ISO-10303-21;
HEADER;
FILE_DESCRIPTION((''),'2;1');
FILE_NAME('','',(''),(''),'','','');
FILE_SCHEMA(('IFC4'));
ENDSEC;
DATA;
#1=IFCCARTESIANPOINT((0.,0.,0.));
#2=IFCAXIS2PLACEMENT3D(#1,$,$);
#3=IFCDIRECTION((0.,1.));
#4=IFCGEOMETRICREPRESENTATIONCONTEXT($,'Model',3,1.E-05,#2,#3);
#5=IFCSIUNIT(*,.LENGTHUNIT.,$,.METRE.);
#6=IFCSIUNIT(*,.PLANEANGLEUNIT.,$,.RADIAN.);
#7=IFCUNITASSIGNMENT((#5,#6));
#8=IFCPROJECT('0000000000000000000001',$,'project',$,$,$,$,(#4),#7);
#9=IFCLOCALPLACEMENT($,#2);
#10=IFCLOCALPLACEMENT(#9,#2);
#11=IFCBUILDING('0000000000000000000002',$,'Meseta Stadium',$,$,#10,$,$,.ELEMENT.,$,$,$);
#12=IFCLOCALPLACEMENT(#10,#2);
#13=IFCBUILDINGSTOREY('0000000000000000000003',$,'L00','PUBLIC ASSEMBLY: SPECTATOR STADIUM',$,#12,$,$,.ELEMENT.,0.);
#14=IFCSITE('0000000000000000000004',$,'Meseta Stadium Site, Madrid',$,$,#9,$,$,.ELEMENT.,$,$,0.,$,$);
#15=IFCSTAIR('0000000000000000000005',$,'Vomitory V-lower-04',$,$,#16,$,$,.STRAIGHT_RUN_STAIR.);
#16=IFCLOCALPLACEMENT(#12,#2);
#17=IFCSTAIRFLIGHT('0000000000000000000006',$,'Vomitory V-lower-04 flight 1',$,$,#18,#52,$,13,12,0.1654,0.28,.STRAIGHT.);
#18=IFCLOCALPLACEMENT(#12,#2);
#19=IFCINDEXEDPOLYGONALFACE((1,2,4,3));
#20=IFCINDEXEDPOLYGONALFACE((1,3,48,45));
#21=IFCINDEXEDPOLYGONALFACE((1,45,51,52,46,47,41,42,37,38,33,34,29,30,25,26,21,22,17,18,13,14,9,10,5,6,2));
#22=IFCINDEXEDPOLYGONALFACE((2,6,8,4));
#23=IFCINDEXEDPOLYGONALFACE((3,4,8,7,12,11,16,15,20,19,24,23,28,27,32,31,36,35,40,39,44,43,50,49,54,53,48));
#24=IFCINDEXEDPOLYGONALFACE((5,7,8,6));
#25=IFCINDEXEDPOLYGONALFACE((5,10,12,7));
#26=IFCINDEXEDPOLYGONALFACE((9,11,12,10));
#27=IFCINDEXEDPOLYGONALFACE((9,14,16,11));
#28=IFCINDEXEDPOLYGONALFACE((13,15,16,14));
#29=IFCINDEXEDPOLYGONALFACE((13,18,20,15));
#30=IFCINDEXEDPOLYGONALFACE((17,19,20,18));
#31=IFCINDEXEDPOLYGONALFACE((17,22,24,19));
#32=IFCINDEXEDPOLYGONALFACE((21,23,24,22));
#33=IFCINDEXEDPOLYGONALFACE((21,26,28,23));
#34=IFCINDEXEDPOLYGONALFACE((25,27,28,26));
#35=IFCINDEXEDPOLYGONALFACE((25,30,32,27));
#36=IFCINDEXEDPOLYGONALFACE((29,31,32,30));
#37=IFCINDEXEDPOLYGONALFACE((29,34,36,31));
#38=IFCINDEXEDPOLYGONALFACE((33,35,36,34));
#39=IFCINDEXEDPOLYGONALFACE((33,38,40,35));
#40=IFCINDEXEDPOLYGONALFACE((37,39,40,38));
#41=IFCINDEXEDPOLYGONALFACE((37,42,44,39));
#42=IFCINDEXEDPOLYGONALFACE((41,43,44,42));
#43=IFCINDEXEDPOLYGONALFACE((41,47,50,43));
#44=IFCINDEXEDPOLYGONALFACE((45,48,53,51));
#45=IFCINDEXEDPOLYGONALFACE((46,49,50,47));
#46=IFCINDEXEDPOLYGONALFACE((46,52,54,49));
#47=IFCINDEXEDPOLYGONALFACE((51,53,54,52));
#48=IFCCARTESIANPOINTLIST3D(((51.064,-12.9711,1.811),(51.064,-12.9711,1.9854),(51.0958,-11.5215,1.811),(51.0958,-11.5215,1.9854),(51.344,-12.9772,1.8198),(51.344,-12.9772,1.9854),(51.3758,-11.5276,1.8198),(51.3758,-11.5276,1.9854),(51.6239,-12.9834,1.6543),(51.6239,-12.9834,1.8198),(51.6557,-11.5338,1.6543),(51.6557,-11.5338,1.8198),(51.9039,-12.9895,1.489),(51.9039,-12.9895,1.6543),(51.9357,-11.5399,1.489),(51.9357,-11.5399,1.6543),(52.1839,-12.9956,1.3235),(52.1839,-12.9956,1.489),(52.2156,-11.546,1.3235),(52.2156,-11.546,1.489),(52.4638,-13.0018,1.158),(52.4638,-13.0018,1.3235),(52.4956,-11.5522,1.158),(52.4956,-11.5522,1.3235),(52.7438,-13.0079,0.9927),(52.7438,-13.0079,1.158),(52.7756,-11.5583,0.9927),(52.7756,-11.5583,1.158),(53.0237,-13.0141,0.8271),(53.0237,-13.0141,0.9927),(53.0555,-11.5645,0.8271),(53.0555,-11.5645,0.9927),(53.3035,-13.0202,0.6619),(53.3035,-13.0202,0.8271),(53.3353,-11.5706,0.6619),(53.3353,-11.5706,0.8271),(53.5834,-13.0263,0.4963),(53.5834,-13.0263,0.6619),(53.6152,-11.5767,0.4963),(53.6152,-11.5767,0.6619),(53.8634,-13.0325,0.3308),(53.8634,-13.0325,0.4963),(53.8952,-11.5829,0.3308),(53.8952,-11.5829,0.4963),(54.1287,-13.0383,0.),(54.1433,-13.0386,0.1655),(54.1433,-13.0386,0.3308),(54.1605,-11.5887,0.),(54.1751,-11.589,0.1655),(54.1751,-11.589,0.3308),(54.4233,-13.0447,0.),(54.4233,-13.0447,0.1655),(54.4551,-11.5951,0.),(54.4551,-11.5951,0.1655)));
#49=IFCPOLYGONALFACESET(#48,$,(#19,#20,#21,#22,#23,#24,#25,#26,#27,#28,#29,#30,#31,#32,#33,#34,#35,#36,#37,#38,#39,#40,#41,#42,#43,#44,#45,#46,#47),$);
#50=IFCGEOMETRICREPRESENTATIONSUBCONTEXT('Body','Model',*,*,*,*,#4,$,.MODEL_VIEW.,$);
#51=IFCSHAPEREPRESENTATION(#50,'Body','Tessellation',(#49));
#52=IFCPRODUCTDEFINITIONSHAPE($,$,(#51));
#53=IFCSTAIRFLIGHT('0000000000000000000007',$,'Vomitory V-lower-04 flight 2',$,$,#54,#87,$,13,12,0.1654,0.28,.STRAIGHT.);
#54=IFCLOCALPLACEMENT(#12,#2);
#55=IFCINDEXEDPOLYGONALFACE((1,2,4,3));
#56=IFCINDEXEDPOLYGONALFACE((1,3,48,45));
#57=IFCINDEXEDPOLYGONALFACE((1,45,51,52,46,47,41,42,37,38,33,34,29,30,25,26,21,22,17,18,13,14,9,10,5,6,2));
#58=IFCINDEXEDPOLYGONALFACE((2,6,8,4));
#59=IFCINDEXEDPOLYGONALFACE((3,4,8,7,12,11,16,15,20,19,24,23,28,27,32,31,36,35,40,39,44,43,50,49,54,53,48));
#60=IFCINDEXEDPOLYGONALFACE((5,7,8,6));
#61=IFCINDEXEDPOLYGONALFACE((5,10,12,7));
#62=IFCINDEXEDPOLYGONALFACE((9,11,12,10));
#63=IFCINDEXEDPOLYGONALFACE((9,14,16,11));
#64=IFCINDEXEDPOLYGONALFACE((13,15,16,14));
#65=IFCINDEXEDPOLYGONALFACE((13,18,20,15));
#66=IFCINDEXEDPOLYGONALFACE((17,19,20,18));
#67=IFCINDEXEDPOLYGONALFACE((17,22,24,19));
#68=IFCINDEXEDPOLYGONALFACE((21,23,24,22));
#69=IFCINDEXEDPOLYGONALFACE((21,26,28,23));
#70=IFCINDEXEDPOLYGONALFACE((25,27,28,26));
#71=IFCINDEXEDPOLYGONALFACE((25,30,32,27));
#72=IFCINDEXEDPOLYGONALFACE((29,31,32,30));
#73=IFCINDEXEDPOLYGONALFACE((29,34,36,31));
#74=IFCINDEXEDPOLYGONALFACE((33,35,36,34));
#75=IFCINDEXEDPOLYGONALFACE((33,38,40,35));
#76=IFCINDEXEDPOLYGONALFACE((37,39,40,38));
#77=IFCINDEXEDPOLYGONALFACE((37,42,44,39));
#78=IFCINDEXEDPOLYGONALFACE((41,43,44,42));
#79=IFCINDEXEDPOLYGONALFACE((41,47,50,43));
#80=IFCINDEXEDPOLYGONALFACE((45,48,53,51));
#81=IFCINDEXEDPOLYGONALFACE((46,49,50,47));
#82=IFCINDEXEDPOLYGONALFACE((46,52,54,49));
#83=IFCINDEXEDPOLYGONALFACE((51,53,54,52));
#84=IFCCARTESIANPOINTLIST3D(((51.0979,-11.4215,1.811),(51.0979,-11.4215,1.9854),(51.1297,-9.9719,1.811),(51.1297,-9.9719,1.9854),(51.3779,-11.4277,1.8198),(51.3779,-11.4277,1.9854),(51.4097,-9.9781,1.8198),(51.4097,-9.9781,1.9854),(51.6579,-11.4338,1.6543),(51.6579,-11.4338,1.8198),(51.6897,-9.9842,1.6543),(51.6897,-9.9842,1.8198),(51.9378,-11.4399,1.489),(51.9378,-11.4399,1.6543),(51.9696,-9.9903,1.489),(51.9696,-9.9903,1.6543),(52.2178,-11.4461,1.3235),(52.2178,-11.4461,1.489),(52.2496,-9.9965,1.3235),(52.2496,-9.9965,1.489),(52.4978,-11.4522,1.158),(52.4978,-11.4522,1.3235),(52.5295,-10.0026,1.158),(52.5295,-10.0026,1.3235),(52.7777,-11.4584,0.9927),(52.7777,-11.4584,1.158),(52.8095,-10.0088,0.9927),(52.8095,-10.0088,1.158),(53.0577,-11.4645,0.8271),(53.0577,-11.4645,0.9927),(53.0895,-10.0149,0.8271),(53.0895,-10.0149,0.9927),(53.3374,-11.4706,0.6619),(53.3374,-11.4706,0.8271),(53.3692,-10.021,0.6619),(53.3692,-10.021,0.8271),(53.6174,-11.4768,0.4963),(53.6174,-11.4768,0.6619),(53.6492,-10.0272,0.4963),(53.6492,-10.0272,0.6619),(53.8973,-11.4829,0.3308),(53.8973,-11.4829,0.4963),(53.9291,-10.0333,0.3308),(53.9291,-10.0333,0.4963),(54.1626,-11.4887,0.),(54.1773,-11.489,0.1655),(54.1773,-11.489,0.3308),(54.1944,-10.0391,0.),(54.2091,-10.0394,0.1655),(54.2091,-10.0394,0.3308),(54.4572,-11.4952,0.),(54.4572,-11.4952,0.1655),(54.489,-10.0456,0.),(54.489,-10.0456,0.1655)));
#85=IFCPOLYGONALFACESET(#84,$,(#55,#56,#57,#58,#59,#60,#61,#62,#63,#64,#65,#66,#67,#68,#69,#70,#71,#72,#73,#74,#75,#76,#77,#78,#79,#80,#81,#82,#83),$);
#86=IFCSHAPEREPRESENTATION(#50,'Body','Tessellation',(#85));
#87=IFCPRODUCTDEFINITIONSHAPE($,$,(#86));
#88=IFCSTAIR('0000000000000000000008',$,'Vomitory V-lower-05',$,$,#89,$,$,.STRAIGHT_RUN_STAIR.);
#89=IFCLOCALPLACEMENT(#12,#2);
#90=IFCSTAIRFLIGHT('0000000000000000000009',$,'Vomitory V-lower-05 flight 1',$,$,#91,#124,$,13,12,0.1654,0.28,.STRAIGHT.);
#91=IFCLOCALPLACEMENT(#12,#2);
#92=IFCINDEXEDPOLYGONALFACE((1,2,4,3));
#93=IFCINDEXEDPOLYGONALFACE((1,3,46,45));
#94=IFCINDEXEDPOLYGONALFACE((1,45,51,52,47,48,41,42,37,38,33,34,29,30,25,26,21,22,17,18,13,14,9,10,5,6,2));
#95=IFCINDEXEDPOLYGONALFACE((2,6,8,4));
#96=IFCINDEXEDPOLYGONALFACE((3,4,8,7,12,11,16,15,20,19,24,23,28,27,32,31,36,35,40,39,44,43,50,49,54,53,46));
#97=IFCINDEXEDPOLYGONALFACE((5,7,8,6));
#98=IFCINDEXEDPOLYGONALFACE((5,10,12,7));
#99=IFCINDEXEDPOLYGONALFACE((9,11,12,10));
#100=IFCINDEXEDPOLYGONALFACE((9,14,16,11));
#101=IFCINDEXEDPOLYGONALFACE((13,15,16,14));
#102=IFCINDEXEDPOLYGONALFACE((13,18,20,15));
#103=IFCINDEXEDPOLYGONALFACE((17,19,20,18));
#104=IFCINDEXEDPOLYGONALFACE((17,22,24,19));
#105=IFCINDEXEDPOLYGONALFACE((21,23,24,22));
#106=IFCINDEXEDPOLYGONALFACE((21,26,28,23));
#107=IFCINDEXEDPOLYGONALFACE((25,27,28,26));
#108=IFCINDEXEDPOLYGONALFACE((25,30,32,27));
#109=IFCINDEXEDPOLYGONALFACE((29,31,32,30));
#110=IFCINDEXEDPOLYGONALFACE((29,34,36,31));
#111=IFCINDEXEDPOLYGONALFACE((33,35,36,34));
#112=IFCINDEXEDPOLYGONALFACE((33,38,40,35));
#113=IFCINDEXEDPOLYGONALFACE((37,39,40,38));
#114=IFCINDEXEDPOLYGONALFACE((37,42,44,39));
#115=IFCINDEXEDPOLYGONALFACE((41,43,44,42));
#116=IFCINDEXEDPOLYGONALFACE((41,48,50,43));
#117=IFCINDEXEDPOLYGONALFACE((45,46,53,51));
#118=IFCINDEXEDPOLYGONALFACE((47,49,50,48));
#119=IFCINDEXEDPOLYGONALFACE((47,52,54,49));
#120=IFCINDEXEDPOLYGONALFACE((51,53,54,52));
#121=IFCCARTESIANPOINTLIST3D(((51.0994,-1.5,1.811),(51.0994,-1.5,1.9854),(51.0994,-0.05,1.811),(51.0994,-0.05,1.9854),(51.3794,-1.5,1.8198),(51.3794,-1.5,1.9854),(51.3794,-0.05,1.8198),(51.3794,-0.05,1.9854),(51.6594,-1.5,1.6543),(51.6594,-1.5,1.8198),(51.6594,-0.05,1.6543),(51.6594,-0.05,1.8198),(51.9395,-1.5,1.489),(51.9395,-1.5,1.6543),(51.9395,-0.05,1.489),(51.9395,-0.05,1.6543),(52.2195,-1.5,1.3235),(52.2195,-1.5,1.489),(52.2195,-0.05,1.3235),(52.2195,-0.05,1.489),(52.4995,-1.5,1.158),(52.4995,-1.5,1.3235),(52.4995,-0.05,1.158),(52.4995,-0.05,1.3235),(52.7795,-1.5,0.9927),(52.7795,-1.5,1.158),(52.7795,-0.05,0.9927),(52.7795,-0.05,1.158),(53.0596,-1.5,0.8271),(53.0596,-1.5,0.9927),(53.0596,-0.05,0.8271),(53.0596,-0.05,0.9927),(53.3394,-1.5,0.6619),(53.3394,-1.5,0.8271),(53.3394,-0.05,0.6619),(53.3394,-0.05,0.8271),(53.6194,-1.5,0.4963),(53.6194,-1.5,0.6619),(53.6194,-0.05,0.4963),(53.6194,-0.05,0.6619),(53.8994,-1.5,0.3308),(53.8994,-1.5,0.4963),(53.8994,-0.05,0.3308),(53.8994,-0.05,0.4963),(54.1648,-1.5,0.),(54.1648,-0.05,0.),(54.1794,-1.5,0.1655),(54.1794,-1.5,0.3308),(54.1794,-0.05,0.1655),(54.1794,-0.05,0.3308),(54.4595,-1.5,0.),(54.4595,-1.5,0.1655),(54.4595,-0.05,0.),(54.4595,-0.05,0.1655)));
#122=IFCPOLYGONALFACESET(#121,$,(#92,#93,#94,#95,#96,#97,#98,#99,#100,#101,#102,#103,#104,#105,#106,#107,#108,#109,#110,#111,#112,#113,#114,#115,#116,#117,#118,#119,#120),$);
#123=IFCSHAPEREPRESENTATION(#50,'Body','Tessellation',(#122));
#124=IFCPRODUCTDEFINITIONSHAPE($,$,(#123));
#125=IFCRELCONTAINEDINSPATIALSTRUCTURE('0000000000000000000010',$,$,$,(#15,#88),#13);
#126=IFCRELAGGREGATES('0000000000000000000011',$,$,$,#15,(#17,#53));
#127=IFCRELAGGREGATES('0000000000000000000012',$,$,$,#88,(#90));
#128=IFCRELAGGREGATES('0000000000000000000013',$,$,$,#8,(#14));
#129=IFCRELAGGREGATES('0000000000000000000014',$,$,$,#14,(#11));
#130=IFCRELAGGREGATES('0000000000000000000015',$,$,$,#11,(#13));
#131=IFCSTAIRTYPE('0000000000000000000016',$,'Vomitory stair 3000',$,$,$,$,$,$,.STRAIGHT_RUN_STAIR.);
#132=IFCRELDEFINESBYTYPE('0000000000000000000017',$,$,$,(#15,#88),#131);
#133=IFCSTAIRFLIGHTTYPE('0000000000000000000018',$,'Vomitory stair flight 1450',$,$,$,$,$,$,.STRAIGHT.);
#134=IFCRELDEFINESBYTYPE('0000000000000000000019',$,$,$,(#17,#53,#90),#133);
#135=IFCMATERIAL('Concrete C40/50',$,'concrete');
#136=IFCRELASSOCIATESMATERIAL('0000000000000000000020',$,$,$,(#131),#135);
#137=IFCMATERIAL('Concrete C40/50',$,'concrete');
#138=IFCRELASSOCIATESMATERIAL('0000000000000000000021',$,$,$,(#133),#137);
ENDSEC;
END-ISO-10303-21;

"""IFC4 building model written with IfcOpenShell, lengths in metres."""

from ifc_helpers import new_model, si_unit, direction, frame, origin, place, context, subcontext, project, spatial, polyline, outline, extrude, material, type_object, element, aggregate, save


model = new_model("IFC4")

# Units and contexts
model_context = context("Model", 3, precision=1e-05, world=origin(), true_north=direction((0.0, 1.0)))
body_context = subcontext(model_context, "Body", "Model", "MODEL_VIEW")
ifc_project = project(units=[si_unit("LENGTHUNIT", "METRE"), si_unit("PLANEANGLEUNIT", "RADIAN")], contexts=[model_context])

# Site, building, storey
site_placement = place(None, origin())
site = spatial("IfcSite", under=ifc_project, at=site_placement, Name="Meseta Stadium Site, Madrid", CompositionType="ELEMENT", RefElevation=0.0)
building_placement = place(site_placement, origin())
building = spatial("IfcBuilding", under=site, at=building_placement, Name="Meseta Stadium", CompositionType="ELEMENT")
storey_placement = place(building_placement, origin())
storey = spatial("IfcBuildingStorey", under=building, at=storey_placement, Name="L00", Description="PUBLIC ASSEMBLY: SPECTATOR STADIUM", CompositionType="ELEMENT", Elevation=0.0)

# Stair, stair flights
ifc_material_1 = material(Name="Concrete C40/50", Category="concrete")
stair_type = type_object("IfcStairType", Name="Vomitory stair 3000", PredefinedType="STRAIGHT_RUN_STAIR", material=ifc_material_1)
stair_1_placement = place(storey_placement, origin())
stair_1 = element("IfcStair", 1, at=stair_1_placement, inside=storey, type_object=stair_type, Name="Vomitory V-lower-04", PredefinedType="STRAIGHT_RUN_STAIR")
ifc_material_2 = material(Name="Concrete C40/50", Category="concrete")
stair_flight_type = type_object("IfcStairFlightType", Name="Vomitory stair flight 1450", PredefinedType="STRAIGHT", material=ifc_material_2)
stair_flight_1_placement = place(storey_placement, frame((54.4392, -12.3198, 0.0), z_axis=(0.0, 0.0, 1.0), x_axis=(-0.99976, 0.021925, 0.0)))
stair_flight_1 = element("IfcStairFlight", 2, at=stair_flight_1_placement, type_object=stair_flight_type, Name="Vomitory V-lower-04 flight 1", NumberOfRisers=13, NumberOfTreads=12, PredefinedType="STRAIGHT", RiserHeight=0.1654, TreadLength=0.28, context=body_context, shape_type="SweptSolid", body=[
    extrude(outline(polyline([(0.0, 0.0), (0.0, 0.1655), (0.28, 0.1655), (0.28, 0.3308), (0.5601, 0.3308), (0.5601, 0.4963), (0.8401, 0.4963), (0.8401, 0.6619), (1.1201, 0.6619), (1.1201, 0.8271), (1.3999, 0.8271), (1.3999, 0.9927), (1.6799, 0.9927), (1.6799, 1.158), (1.96, 1.158), (1.96, 1.3235), (2.24, 1.3235), (2.24, 1.489), (2.52, 1.489), (2.52, 1.6543), (2.8, 1.6543), (2.8, 1.8198), (3.0801, 1.8198), (3.0801, 1.9854), (3.3601, 1.9854), (3.3601, 1.811), (0.2947, 0.0), (0.0, 0.0)])), frame((0.0, 0.7251, 0.0), z_axis=(0.0, -1.0, 0.0), x_axis=(1.0, 0.0, 0.0)), (0.0, 0.0, 1.0), 1.45),
])
stair_flight_2_placement = place(storey_placement, frame((54.4731, -10.7703, 0.0), z_axis=(0.0, 0.0, 1.0), x_axis=(-0.99976, 0.021925, 0.0)))
stair_flight_2 = element("IfcStairFlight", 3, at=stair_flight_2_placement, type_object=stair_flight_type, Name="Vomitory V-lower-04 flight 2", NumberOfRisers=13, NumberOfTreads=12, PredefinedType="STRAIGHT", RiserHeight=0.1654, TreadLength=0.28, context=body_context, shape_type="SweptSolid", body=[
    extrude(outline(polyline([(0.0, 0.0), (0.0, 0.1655), (0.28, 0.1655), (0.28, 0.3308), (0.5601, 0.3308), (0.5601, 0.4963), (0.8401, 0.4963), (0.8401, 0.6619), (1.1201, 0.6619), (1.1201, 0.8271), (1.3999, 0.8271), (1.3999, 0.9927), (1.6799, 0.9927), (1.6799, 1.158), (1.96, 1.158), (1.96, 1.3235), (2.24, 1.3235), (2.24, 1.489), (2.52, 1.489), (2.52, 1.6543), (2.8, 1.6543), (2.8, 1.8198), (3.0801, 1.8198), (3.0801, 1.9854), (3.3601, 1.9854), (3.3601, 1.811), (0.2947, 0.0), (0.0, 0.0)])), frame((0.0, 0.7251, 0.0), z_axis=(0.0, -1.0, 0.0), x_axis=(1.0, 0.0, 0.0)), (0.0, 0.0, 1.0), 1.45),
])
aggregate(stair_1, [stair_flight_1, stair_flight_2])

# Stair, stair flight
stair_2_placement = place(storey_placement, origin())
stair_2 = element("IfcStair", 4, at=stair_2_placement, inside=storey, type_object=stair_type, Name="Vomitory V-lower-05", PredefinedType="STRAIGHT_RUN_STAIR")
stair_flight_3_placement = place(storey_placement, frame((54.4595, -0.7749, 0.0), z_axis=(0.0, 0.0, 1.0), x_axis=(-1.0, 0.0, 0.0)))
stair_flight_3 = element("IfcStairFlight", 5, at=stair_flight_3_placement, type_object=stair_flight_type, Name="Vomitory V-lower-05 flight 1", NumberOfRisers=13, NumberOfTreads=12, PredefinedType="STRAIGHT", RiserHeight=0.1654, TreadLength=0.28, context=body_context, shape_type="SweptSolid", body=[
    extrude(outline(polyline([(0.0, 0.0), (0.0, 0.1655), (0.28, 0.1655), (0.28, 0.3308), (0.5601, 0.3308), (0.5601, 0.4963), (0.8401, 0.4963), (0.8401, 0.6619), (1.1201, 0.6619), (1.1201, 0.8271), (1.3999, 0.8271), (1.3999, 0.9927), (1.6799, 0.9927), (1.6799, 1.158), (1.96, 1.158), (1.96, 1.3235), (2.24, 1.3235), (2.24, 1.489), (2.52, 1.489), (2.52, 1.6543), (2.8, 1.6543), (2.8, 1.8198), (3.0801, 1.8198), (3.0801, 1.9854), (3.3601, 1.9854), (3.3601, 1.811), (0.2947, 0.0), (0.0, 0.0)])), frame((0.0, 0.7251, 0.0), z_axis=(0.0, -1.0, 0.0), x_axis=(1.0, 0.0, 0.0)), (0.0, 0.0, 1.0), 1.45),
])
aggregate(stair_2, [stair_flight_3])

save(model, "model.ifc")
